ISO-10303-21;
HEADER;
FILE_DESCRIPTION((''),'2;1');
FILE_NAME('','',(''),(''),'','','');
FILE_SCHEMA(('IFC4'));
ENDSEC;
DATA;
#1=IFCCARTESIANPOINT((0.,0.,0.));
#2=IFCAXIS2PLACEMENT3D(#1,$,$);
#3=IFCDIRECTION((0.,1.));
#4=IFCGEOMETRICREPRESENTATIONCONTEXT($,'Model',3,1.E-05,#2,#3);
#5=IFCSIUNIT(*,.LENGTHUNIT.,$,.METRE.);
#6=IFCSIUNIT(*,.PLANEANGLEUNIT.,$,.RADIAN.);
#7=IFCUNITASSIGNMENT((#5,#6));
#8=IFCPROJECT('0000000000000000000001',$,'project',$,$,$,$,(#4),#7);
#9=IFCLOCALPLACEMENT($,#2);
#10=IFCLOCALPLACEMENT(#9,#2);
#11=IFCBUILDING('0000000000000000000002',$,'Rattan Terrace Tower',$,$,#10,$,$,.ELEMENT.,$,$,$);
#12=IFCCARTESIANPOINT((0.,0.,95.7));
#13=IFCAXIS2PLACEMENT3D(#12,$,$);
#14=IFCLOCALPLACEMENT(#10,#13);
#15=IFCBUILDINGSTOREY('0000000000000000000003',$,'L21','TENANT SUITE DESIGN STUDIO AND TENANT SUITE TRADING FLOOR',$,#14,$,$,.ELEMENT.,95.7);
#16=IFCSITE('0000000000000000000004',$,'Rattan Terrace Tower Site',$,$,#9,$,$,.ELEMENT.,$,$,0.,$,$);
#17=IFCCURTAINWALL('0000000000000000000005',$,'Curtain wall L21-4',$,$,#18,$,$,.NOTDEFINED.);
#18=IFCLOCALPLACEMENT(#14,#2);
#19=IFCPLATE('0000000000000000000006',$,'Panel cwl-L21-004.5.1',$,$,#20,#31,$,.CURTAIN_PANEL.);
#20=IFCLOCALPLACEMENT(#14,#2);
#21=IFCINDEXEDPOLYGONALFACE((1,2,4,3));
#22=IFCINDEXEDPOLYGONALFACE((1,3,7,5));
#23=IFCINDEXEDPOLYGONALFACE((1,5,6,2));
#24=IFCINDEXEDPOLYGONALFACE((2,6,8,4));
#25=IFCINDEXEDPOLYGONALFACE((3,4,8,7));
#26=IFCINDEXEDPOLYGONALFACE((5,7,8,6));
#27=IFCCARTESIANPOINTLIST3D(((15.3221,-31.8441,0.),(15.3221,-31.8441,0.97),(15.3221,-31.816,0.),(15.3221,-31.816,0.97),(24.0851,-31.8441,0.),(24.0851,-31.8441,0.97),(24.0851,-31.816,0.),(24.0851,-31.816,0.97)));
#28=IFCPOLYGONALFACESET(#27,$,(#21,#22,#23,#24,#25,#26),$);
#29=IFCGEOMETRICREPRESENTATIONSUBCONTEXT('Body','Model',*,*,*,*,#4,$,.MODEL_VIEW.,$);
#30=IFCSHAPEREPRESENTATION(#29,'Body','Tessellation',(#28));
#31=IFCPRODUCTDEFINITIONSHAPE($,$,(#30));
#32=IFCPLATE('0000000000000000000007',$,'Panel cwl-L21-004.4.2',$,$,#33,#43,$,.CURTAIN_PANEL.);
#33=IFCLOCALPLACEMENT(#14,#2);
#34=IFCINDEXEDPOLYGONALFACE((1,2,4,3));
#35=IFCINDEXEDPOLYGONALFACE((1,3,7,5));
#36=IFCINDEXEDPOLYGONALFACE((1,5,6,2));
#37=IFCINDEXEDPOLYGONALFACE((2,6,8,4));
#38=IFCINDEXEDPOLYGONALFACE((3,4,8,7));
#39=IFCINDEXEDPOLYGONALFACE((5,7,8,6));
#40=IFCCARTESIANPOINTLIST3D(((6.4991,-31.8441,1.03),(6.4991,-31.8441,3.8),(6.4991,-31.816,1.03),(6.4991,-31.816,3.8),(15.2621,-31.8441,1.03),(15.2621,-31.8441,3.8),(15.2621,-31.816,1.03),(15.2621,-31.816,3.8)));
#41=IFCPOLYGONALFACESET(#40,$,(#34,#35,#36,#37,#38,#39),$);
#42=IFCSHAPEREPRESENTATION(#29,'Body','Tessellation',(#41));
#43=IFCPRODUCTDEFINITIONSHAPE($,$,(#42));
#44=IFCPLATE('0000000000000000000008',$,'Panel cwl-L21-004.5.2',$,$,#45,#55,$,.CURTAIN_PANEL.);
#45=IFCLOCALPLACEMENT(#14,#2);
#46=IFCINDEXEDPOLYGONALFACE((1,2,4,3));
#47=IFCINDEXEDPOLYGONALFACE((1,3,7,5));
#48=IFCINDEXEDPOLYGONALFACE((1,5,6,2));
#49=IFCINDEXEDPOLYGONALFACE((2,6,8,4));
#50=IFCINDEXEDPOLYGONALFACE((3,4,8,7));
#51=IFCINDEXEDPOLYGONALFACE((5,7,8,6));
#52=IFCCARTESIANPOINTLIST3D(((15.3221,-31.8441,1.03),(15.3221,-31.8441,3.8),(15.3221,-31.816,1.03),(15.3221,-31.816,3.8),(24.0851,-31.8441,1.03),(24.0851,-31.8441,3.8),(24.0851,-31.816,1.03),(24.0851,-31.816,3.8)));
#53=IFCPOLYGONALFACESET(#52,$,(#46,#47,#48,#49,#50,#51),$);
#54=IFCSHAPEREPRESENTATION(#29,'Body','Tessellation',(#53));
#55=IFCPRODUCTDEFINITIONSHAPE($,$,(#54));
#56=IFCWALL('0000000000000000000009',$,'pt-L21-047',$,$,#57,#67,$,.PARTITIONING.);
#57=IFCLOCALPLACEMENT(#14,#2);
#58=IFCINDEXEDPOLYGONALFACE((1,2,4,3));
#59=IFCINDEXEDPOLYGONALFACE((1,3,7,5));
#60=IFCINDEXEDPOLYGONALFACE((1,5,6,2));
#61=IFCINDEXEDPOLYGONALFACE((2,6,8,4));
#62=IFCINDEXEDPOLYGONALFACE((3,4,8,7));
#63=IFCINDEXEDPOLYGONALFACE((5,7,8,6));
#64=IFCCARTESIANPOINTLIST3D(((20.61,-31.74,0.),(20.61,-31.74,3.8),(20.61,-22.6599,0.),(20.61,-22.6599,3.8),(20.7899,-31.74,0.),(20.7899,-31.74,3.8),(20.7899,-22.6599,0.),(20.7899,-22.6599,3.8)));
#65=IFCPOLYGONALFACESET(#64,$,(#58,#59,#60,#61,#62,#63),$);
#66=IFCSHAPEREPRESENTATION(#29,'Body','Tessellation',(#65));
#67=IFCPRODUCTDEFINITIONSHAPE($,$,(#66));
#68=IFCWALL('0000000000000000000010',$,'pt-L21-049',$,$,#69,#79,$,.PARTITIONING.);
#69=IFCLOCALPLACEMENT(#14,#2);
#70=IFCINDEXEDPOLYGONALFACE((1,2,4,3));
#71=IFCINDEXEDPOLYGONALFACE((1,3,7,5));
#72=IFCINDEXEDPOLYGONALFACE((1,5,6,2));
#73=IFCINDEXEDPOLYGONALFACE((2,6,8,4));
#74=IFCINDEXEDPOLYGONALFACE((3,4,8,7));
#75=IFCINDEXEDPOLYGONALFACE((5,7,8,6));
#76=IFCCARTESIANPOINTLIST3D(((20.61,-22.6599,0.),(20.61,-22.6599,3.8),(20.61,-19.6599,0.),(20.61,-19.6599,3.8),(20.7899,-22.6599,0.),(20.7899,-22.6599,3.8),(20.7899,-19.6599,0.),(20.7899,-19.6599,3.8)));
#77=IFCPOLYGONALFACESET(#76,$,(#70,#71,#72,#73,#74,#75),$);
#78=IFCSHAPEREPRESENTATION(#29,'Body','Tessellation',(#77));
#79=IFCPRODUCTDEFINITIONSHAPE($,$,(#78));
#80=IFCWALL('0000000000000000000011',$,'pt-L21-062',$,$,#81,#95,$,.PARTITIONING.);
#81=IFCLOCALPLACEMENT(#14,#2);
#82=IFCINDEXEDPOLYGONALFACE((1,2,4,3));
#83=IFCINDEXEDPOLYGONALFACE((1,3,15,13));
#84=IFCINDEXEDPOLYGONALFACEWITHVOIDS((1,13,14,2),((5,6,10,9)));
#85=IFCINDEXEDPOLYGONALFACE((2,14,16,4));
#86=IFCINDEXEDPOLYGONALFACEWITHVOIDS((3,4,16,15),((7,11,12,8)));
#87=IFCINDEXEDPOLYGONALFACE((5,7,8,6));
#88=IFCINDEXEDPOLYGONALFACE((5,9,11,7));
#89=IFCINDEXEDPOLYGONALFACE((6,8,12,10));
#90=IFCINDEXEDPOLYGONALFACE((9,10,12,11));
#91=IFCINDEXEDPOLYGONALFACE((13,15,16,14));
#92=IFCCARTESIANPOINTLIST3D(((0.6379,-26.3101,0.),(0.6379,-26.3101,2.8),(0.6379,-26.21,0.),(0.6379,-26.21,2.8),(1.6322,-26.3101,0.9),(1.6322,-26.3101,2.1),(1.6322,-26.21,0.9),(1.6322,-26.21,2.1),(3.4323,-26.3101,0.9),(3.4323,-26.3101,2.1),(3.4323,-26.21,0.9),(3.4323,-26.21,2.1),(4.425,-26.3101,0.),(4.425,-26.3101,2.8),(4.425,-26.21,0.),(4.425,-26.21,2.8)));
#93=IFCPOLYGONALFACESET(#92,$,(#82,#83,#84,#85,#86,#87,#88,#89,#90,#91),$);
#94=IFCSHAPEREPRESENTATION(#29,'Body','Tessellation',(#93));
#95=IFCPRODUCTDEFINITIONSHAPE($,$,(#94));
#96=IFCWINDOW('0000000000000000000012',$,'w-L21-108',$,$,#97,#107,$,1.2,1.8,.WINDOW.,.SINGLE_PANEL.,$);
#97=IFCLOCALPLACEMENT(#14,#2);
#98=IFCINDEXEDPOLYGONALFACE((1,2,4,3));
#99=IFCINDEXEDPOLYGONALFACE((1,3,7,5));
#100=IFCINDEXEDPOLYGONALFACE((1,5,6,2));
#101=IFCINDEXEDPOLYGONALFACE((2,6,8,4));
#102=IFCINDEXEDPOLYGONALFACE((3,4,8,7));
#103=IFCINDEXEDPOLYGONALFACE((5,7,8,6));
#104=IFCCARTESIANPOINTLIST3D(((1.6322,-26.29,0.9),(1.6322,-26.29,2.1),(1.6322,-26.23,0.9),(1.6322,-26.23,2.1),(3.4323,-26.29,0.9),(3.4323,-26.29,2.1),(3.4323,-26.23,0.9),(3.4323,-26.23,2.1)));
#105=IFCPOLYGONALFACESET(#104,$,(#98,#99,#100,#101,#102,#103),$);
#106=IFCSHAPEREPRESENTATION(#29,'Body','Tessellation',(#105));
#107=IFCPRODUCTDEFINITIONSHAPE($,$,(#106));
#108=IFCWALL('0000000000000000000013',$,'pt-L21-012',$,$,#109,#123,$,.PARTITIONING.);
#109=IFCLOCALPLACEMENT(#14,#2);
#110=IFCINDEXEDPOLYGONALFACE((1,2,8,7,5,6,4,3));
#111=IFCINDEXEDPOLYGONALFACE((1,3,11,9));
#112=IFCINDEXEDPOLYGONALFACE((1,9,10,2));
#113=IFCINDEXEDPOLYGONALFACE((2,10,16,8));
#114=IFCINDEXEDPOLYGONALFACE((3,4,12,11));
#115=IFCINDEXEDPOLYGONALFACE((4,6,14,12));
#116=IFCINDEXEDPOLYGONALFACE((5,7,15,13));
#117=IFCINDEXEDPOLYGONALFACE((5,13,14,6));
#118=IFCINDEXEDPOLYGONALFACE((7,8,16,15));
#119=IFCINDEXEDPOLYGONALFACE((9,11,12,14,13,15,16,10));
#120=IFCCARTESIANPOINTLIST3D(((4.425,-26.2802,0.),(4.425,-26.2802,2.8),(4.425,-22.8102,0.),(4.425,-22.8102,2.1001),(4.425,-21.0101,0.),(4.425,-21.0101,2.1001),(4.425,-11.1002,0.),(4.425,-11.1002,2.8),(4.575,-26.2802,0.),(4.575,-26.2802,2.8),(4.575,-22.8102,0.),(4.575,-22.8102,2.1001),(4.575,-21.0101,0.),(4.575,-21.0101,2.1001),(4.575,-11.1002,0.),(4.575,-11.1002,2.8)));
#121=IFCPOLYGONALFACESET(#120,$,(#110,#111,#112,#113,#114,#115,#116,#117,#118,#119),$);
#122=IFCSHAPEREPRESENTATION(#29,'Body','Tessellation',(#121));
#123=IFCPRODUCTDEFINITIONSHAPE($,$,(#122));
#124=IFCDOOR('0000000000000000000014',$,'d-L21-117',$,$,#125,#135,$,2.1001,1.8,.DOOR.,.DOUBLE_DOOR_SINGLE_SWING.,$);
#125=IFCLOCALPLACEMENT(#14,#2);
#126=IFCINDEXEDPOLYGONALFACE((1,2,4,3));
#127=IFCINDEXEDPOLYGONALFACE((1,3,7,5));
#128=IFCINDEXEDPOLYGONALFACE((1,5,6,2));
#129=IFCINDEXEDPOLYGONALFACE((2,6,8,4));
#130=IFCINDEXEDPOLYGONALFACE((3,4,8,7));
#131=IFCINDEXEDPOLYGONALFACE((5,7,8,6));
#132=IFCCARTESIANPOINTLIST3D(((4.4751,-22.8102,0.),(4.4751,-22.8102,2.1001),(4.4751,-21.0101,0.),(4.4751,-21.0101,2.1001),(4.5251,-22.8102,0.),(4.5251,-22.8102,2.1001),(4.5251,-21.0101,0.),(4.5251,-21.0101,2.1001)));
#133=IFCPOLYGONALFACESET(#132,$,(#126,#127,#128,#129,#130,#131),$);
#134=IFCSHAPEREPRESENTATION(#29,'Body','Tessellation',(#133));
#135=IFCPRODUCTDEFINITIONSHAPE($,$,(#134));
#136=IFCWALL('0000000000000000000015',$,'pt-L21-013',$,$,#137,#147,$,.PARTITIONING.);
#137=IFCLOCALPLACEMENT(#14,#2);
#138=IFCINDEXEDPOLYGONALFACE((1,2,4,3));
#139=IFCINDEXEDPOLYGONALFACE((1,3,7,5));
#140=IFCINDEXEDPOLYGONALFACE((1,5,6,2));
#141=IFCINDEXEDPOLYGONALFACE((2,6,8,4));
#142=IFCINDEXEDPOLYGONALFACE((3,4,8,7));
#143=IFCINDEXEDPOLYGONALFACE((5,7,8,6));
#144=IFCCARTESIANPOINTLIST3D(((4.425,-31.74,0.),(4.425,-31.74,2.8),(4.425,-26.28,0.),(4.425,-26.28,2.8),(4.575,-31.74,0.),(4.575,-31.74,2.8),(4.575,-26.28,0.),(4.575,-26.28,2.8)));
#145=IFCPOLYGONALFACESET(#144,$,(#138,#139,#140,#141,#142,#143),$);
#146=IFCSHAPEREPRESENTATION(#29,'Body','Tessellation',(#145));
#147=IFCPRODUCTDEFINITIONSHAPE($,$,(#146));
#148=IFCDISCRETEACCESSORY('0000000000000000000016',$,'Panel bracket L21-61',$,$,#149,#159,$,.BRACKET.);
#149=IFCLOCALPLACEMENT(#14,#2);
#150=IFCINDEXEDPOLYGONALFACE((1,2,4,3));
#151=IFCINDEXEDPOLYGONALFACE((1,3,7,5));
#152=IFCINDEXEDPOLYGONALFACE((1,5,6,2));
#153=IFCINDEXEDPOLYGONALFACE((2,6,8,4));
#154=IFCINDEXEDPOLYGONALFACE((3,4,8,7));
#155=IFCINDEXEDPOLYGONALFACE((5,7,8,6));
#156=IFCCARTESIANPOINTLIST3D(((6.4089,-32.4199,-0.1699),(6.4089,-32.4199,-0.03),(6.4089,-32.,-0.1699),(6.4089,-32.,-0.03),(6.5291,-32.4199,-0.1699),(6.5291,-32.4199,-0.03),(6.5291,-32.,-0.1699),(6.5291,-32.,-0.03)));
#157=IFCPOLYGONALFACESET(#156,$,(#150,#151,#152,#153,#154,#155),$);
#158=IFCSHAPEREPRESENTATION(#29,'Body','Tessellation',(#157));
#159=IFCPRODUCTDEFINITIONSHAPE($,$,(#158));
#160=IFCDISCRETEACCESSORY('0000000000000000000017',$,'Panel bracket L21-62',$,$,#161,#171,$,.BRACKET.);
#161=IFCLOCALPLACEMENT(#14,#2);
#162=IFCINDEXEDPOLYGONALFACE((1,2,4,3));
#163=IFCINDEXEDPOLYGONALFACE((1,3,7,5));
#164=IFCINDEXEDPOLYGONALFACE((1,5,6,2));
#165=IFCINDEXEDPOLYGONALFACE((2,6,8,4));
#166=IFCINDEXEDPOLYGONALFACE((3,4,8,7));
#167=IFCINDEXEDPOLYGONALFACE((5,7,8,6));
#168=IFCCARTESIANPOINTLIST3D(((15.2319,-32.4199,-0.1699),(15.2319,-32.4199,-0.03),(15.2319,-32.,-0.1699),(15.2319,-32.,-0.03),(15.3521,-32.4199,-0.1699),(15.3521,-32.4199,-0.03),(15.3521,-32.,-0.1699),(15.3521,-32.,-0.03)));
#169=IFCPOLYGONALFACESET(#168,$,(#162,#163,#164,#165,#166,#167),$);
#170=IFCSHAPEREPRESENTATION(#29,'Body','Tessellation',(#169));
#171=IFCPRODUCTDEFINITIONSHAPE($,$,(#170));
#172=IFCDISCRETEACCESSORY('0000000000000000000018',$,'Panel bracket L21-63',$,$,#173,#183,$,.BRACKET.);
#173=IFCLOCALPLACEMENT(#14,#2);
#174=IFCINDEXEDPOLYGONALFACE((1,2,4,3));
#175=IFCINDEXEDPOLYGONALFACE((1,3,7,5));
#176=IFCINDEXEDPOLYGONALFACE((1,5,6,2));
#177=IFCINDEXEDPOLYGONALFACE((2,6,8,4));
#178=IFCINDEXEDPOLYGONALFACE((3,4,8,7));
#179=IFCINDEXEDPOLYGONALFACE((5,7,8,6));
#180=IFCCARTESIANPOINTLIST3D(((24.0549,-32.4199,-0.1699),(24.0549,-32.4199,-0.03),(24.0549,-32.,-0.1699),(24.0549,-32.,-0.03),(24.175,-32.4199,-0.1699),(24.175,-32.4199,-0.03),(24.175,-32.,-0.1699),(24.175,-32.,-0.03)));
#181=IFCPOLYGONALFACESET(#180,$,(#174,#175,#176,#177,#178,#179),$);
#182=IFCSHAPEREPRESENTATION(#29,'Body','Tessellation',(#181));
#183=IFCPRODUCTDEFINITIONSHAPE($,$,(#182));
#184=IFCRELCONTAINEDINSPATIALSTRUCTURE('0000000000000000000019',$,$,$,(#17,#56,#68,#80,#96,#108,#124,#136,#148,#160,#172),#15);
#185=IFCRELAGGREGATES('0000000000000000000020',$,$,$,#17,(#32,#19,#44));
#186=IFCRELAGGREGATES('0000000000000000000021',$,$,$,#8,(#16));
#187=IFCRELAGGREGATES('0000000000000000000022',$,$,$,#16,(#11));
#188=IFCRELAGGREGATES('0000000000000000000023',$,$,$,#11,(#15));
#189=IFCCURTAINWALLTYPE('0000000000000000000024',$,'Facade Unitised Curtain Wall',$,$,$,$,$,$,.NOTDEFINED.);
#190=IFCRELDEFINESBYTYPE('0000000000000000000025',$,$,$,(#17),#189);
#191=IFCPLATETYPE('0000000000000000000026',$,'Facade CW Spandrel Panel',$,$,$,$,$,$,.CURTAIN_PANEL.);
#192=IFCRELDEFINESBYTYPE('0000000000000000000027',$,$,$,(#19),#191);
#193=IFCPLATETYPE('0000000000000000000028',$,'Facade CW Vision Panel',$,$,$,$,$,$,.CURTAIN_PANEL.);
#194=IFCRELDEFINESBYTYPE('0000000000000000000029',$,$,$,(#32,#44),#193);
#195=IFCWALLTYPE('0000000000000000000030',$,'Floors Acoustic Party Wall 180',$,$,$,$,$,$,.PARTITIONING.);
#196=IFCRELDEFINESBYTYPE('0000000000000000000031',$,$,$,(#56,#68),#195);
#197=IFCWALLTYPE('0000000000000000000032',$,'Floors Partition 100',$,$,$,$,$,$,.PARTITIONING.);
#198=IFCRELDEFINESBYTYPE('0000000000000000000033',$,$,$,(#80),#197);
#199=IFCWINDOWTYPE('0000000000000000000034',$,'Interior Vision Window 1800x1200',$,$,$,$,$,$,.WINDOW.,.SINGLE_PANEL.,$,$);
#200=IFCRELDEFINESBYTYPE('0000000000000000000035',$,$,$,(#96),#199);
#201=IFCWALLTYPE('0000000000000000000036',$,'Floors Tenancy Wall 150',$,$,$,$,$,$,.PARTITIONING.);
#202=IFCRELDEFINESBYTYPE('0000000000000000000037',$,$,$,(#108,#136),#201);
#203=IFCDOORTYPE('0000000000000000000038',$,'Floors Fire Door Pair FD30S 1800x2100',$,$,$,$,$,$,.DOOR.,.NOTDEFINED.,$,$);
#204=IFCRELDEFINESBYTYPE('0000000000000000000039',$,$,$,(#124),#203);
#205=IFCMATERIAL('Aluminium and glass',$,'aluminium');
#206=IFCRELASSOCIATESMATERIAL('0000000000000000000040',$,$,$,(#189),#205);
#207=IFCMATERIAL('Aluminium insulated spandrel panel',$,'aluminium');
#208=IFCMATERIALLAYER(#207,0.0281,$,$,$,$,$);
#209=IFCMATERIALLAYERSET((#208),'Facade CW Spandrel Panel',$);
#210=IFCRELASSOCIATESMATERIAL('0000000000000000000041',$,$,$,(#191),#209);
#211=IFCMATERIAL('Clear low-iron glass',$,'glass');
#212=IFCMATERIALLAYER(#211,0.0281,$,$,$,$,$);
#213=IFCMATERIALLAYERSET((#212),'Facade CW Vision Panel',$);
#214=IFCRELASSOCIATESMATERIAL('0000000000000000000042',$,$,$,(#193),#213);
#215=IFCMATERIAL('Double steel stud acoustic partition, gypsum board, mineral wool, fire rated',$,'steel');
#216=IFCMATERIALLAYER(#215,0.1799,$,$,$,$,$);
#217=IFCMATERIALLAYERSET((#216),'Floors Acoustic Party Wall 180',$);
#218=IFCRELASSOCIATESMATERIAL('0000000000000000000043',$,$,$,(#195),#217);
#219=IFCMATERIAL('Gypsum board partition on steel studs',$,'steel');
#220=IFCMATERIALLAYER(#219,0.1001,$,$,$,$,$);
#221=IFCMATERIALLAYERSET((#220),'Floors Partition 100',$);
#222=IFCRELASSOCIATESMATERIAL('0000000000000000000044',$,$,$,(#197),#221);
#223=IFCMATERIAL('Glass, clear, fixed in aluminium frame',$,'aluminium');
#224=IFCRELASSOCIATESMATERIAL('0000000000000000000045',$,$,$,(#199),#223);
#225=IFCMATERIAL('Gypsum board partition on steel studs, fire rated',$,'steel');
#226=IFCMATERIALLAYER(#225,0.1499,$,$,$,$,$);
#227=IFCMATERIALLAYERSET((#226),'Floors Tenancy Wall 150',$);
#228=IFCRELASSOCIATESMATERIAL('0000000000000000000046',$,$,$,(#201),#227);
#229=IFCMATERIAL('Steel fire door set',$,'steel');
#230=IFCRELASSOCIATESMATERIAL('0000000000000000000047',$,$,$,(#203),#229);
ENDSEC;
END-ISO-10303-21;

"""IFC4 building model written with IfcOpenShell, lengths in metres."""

from ifc_helpers import new_model, si_unit, direction, frame, frame_2d, origin, origin_2d, place, context, subcontext, project, spatial, rectangle, extrude, material, layer, layer_set, type_object, element, fill, aggregate, save


model = new_model("IFC4")

# Units and contexts
model_context = context("Model", 3, precision=1e-05, world=origin(), true_north=direction((0.0, 1.0)))
body_context = subcontext(model_context, "Body", "Model", "MODEL_VIEW")
ifc_project = project(units=[si_unit("LENGTHUNIT", "METRE"), si_unit("PLANEANGLEUNIT", "RADIAN")], contexts=[model_context])

# Site, building, storey
site_placement = place(None, origin())
site = spatial("IfcSite", under=ifc_project, at=site_placement, Name="Rattan Terrace Tower Site", CompositionType="ELEMENT", RefElevation=0.0)
building_placement = place(site_placement, origin())
building = spatial("IfcBuilding", under=site, at=building_placement, Name="Rattan Terrace Tower", CompositionType="ELEMENT")
storey_placement = place(building_placement, frame((0.0, 0.0, 95.7)))
storey = spatial("IfcBuildingStorey", under=building, at=storey_placement, Name="L21", Description="TENANT SUITE DESIGN STUDIO AND TENANT SUITE TRADING FLOOR", CompositionType="ELEMENT", Elevation=95.7)

# Curtain wall
ifc_material_1 = material(Name="Aluminium and glass", Category="aluminium")
curtain_wall_type = type_object("IfcCurtainWallType", Name="Facade Unitised Curtain Wall", PredefinedType="NOTDEFINED", material=ifc_material_1)
curtain_wall_placement = place(storey_placement, origin())
curtain_wall = element("IfcCurtainWall", 1, at=curtain_wall_placement, inside=storey, type_object=curtain_wall_type, Name="Curtain wall L21-4", PredefinedType="NOTDEFINED")

# Plates
ifc_material_2 = material(Name="Aluminium insulated spandrel panel", Category="aluminium")
ifc_layer_1 = layer(ifc_material_2, 0.0281)
ifc_layer_set_1 = layer_set([ifc_layer_1], Name="Facade CW Spandrel Panel")
plate_type_1 = type_object("IfcPlateType", Name="Facade CW Spandrel Panel", PredefinedType="CURTAIN_PANEL", material=ifc_layer_set_1)
plate_1_placement = place(storey_placement, frame((19.7036, -31.8301, 0.0), z_axis=(0.0, 0.0, 1.0), x_axis=(1.0, 0.0, 0.0)))
plate_1 = element("IfcPlate", 2, at=plate_1_placement, type_object=plate_type_1, Name="Panel cwl-L21-004.5.1", PredefinedType="CURTAIN_PANEL", context=body_context, shape_type="SweptSolid", body=[
    extrude(rectangle(XDim=8.7629, YDim=0.0281, at=origin_2d()), origin(), (0.0, 0.0, 1.0), 0.97),
])
ifc_material_3 = material(Name="Clear low-iron glass", Category="glass")
ifc_layer_2 = layer(ifc_material_3, 0.0281)
ifc_layer_set_2 = layer_set([ifc_layer_2], Name="Facade CW Vision Panel")
plate_type_2 = type_object("IfcPlateType", Name="Facade CW Vision Panel", PredefinedType="CURTAIN_PANEL", material=ifc_layer_set_2)
plate_2_placement = place(storey_placement, frame((10.8806, -31.8301, 1.03), z_axis=(0.0, 0.0, 1.0), x_axis=(1.0, 0.0, 0.0)))
plate_2 = element("IfcPlate", 3, at=plate_2_placement, type_object=plate_type_2, Name="Panel cwl-L21-004.4.2", PredefinedType="CURTAIN_PANEL", context=body_context, shape_type="SweptSolid", body=[
    extrude(rectangle(XDim=8.7629, YDim=0.0281, at=origin_2d()), origin(), (0.0, 0.0, 1.0), 2.77),
])
plate_3_placement = place(storey_placement, frame((19.7036, -31.8301, 1.03), z_axis=(0.0, 0.0, 1.0), x_axis=(1.0, 0.0, 0.0)))
plate_3 = element("IfcPlate", 4, at=plate_3_placement, type_object=plate_type_2, Name="Panel cwl-L21-004.5.2", PredefinedType="CURTAIN_PANEL", context=body_context, shape_type="SweptSolid", body=[
    extrude(rectangle(XDim=8.7629, YDim=0.0281, at=origin_2d()), origin(), (0.0, 0.0, 1.0), 2.77),
])
aggregate(curtain_wall, [plate_2, plate_1, plate_3])

# Walls
ifc_material_4 = material(Name="Double steel stud acoustic partition, gypsum board, mineral wool, fire rated", Category="steel")
ifc_layer_3 = layer(ifc_material_4, 0.1799)
ifc_layer_set_3 = layer_set([ifc_layer_3], Name="Floors Acoustic Party Wall 180")
wall_type_1 = type_object("IfcWallType", Name="Floors Acoustic Party Wall 180", PredefinedType="PARTITIONING", material=ifc_layer_set_3)
wall_1_placement = place(storey_placement, frame((20.7, -31.74, 0.0), z_axis=(0.0, 0.0, 1.0), x_axis=(0.0, 1.0, 0.0)))
element("IfcWall", 5, at=wall_1_placement, inside=storey, type_object=wall_type_1, Name="pt-L21-047", PredefinedType="PARTITIONING", context=body_context, shape_type="SweptSolid", body=[
    extrude(rectangle(XDim=9.0801, YDim=0.1799, at=frame_2d((4.54, 0.0))), origin(), (0.0, 0.0, 1.0), 3.8),
])
wall_2_placement = place(storey_placement, frame((20.7, -22.6599, 0.0), z_axis=(0.0, 0.0, 1.0), x_axis=(0.0, 1.0, 0.0)))
element("IfcWall", 6, at=wall_2_placement, inside=storey, type_object=wall_type_1, Name="pt-L21-049", PredefinedType="PARTITIONING", context=body_context, shape_type="SweptSolid", body=[
    extrude(rectangle(XDim=3.0, YDim=0.1799, at=frame_2d((1.5, 0.0))), origin(), (0.0, 0.0, 1.0), 3.8),
])

# Wall, opening, window
ifc_material_5 = material(Name="Gypsum board partition on steel studs", Category="steel")
ifc_layer_4 = layer(ifc_material_5, 0.1001)
ifc_layer_set_4 = layer_set([ifc_layer_4], Name="Floors Partition 100")
wall_type_2 = type_object("IfcWallType", Name="Floors Partition 100", PredefinedType="PARTITIONING", material=ifc_layer_set_4)
wall_3_placement = place(storey_placement, frame((4.425, -26.26, 0.0), z_axis=(0.0, 0.0, 1.0), x_axis=(-1.0, 0.0, 0.0)))
wall_3 = element("IfcWall", 7, at=wall_3_placement, inside=storey, type_object=wall_type_2, Name="pt-L21-062", PredefinedType="PARTITIONING", context=body_context, shape_type="SweptSolid", body=[
    extrude(rectangle(XDim=3.7871, YDim=0.1001, at=frame_2d((1.8936, 0.0))), origin(), (0.0, 0.0, 1.0), 2.8),
])
opening_1_placement = place(wall_3_placement, frame((0.9929, 0.0, 0.8999)))
opening_1 = element("IfcOpeningElement", 8, at=opening_1_placement, cuts=wall_3, PredefinedType="OPENING", context=body_context, shape_type="SweptSolid", body=[
    extrude(rectangle(XDim=1.8, YDim=1.2, at=frame_2d((0.8999, 0.6001))), frame((0.0, 0.0605, 0.0), z_axis=(0.0, -1.0, 0.0), x_axis=(1.0, 0.0, 0.0)), (0.0, 0.0, 1.0), 0.1211),
])
ifc_material_6 = material(Name="Glass, clear, fixed in aluminium frame", Category="aluminium")
window_type = type_object("IfcWindowType", Name="Interior Vision Window 1800x1200", PartitioningType="SINGLE_PANEL", PredefinedType="WINDOW", material=ifc_material_6)
window_placement = place(opening_1_placement, origin())
window = element("IfcWindow", 9, at=window_placement, inside=storey, type_object=window_type, Name="w-L21-108", OverallHeight=1.2, OverallWidth=1.8, PartitioningType="SINGLE_PANEL", PredefinedType="WINDOW", context=body_context, shape_type="SweptSolid", body=[
    extrude(rectangle(XDim=1.8, YDim=1.2, at=frame_2d((0.8999, 0.6001))), frame((0.0, 0.03, 0.0), z_axis=(0.0, -1.0, 0.0), x_axis=(1.0, 0.0, 0.0)), (0.0, 0.0, 1.0), 0.0601),
])
fill(opening_1, window)

# Wall, opening, door
ifc_material_7 = material(Name="Gypsum board partition on steel studs, fire rated", Category="steel")
ifc_layer_5 = layer(ifc_material_7, 0.1499)
ifc_layer_set_5 = layer_set([ifc_layer_5], Name="Floors Tenancy Wall 150")
wall_type_3 = type_object("IfcWallType", Name="Floors Tenancy Wall 150", PredefinedType="PARTITIONING", material=ifc_layer_set_5)
wall_4_placement = place(storey_placement, frame((4.5, -26.28, 0.0), z_axis=(0.0, 0.0, 1.0), x_axis=(0.0, 1.0, 0.0)))
wall_4 = element("IfcWall", 10, at=wall_4_placement, inside=storey, type_object=wall_type_3, Name="pt-L21-012", PredefinedType="PARTITIONING", context=body_context, shape_type="SweptSolid", body=[
    extrude(rectangle(XDim=15.1799, YDim=0.1499, at=frame_2d((7.5898, 0.0))), origin(), (0.0, 0.0, 1.0), 2.8),
])
opening_2_placement = place(wall_4_placement, frame((3.47, 0.0, 0.0)))
opening_2 = element("IfcOpeningElement", 11, at=opening_2_placement, cuts=wall_4, PredefinedType="OPENING", context=body_context, shape_type="SweptSolid", body=[
    extrude(rectangle(XDim=1.8, YDim=2.1001, at=frame_2d((0.8999, 1.05))), frame((0.0, 0.0854, 0.0), z_axis=(0.0, -1.0, 0.0), x_axis=(1.0, 0.0, 0.0)), (0.0, 0.0, 1.0), 0.1709),
])
ifc_material_8 = material(Name="Steel fire door set", Category="steel")
door_type = type_object("IfcDoorType", Name="Floors Fire Door Pair FD30S 1800x2100", OperationType="NOTDEFINED", PredefinedType="DOOR", material=ifc_material_8)
door_placement = place(opening_2_placement, origin())
door = element("IfcDoor", 12, at=door_placement, inside=storey, type_object=door_type, Name="d-L21-117", OperationType="DOUBLE_DOOR_SINGLE_SWING", OverallHeight=2.1001, OverallWidth=1.8, PredefinedType="DOOR", context=body_context, shape_type="SweptSolid", body=[
    extrude(rectangle(XDim=1.8, YDim=2.1001, at=frame_2d((0.8999, 1.05))), frame((0.0, 0.0249, 0.0), z_axis=(0.0, -1.0, 0.0), x_axis=(1.0, 0.0, 0.0)), (0.0, 0.0, 1.0), 0.05),
])
fill(opening_2, door)

# Wall
wall_5_placement = place(storey_placement, frame((4.5, -31.74, 0.0), z_axis=(0.0, 0.0, 1.0), x_axis=(0.0, 1.0, 0.0)))
element("IfcWall", 13, at=wall_5_placement, inside=storey, type_object=wall_type_3, Name="pt-L21-013", PredefinedType="PARTITIONING", context=body_context, shape_type="SweptSolid", body=[
    extrude(rectangle(XDim=5.46, YDim=0.1499, at=frame_2d((2.73, 0.0))), origin(), (0.0, 0.0, 1.0), 2.8),
])

# Discrete accessories
for number, where, z_axis, x_axis, name in (
    (14, (6.469, -32.21, -0.1699), (0.0, 0.0, 1.0), (1.0, 0.0, 0.0), "Panel bracket L21-61"),
    (15, (15.292, -32.21, -0.1699), (0.0, 0.0, 1.0), (1.0, 0.0, 0.0), "Panel bracket L21-62"),
    (16, (24.115, -32.21, -0.1699), (0.0, 0.0, 1.0), (1.0, 0.0, 0.0), "Panel bracket L21-63"),
):
    element("IfcDiscreteAccessory", number, at=place(storey_placement, frame(where, z_axis=z_axis, x_axis=x_axis)), inside=storey, Name=name, PredefinedType="BRACKET", context=body_context, shape_type="SweptSolid", body=[
        extrude(rectangle(XDim=0.1201, YDim=0.4199, at=origin_2d()), origin(), (0.0, 0.0, 1.0), 0.1399),
    ])

save(model, "model.ifc")
